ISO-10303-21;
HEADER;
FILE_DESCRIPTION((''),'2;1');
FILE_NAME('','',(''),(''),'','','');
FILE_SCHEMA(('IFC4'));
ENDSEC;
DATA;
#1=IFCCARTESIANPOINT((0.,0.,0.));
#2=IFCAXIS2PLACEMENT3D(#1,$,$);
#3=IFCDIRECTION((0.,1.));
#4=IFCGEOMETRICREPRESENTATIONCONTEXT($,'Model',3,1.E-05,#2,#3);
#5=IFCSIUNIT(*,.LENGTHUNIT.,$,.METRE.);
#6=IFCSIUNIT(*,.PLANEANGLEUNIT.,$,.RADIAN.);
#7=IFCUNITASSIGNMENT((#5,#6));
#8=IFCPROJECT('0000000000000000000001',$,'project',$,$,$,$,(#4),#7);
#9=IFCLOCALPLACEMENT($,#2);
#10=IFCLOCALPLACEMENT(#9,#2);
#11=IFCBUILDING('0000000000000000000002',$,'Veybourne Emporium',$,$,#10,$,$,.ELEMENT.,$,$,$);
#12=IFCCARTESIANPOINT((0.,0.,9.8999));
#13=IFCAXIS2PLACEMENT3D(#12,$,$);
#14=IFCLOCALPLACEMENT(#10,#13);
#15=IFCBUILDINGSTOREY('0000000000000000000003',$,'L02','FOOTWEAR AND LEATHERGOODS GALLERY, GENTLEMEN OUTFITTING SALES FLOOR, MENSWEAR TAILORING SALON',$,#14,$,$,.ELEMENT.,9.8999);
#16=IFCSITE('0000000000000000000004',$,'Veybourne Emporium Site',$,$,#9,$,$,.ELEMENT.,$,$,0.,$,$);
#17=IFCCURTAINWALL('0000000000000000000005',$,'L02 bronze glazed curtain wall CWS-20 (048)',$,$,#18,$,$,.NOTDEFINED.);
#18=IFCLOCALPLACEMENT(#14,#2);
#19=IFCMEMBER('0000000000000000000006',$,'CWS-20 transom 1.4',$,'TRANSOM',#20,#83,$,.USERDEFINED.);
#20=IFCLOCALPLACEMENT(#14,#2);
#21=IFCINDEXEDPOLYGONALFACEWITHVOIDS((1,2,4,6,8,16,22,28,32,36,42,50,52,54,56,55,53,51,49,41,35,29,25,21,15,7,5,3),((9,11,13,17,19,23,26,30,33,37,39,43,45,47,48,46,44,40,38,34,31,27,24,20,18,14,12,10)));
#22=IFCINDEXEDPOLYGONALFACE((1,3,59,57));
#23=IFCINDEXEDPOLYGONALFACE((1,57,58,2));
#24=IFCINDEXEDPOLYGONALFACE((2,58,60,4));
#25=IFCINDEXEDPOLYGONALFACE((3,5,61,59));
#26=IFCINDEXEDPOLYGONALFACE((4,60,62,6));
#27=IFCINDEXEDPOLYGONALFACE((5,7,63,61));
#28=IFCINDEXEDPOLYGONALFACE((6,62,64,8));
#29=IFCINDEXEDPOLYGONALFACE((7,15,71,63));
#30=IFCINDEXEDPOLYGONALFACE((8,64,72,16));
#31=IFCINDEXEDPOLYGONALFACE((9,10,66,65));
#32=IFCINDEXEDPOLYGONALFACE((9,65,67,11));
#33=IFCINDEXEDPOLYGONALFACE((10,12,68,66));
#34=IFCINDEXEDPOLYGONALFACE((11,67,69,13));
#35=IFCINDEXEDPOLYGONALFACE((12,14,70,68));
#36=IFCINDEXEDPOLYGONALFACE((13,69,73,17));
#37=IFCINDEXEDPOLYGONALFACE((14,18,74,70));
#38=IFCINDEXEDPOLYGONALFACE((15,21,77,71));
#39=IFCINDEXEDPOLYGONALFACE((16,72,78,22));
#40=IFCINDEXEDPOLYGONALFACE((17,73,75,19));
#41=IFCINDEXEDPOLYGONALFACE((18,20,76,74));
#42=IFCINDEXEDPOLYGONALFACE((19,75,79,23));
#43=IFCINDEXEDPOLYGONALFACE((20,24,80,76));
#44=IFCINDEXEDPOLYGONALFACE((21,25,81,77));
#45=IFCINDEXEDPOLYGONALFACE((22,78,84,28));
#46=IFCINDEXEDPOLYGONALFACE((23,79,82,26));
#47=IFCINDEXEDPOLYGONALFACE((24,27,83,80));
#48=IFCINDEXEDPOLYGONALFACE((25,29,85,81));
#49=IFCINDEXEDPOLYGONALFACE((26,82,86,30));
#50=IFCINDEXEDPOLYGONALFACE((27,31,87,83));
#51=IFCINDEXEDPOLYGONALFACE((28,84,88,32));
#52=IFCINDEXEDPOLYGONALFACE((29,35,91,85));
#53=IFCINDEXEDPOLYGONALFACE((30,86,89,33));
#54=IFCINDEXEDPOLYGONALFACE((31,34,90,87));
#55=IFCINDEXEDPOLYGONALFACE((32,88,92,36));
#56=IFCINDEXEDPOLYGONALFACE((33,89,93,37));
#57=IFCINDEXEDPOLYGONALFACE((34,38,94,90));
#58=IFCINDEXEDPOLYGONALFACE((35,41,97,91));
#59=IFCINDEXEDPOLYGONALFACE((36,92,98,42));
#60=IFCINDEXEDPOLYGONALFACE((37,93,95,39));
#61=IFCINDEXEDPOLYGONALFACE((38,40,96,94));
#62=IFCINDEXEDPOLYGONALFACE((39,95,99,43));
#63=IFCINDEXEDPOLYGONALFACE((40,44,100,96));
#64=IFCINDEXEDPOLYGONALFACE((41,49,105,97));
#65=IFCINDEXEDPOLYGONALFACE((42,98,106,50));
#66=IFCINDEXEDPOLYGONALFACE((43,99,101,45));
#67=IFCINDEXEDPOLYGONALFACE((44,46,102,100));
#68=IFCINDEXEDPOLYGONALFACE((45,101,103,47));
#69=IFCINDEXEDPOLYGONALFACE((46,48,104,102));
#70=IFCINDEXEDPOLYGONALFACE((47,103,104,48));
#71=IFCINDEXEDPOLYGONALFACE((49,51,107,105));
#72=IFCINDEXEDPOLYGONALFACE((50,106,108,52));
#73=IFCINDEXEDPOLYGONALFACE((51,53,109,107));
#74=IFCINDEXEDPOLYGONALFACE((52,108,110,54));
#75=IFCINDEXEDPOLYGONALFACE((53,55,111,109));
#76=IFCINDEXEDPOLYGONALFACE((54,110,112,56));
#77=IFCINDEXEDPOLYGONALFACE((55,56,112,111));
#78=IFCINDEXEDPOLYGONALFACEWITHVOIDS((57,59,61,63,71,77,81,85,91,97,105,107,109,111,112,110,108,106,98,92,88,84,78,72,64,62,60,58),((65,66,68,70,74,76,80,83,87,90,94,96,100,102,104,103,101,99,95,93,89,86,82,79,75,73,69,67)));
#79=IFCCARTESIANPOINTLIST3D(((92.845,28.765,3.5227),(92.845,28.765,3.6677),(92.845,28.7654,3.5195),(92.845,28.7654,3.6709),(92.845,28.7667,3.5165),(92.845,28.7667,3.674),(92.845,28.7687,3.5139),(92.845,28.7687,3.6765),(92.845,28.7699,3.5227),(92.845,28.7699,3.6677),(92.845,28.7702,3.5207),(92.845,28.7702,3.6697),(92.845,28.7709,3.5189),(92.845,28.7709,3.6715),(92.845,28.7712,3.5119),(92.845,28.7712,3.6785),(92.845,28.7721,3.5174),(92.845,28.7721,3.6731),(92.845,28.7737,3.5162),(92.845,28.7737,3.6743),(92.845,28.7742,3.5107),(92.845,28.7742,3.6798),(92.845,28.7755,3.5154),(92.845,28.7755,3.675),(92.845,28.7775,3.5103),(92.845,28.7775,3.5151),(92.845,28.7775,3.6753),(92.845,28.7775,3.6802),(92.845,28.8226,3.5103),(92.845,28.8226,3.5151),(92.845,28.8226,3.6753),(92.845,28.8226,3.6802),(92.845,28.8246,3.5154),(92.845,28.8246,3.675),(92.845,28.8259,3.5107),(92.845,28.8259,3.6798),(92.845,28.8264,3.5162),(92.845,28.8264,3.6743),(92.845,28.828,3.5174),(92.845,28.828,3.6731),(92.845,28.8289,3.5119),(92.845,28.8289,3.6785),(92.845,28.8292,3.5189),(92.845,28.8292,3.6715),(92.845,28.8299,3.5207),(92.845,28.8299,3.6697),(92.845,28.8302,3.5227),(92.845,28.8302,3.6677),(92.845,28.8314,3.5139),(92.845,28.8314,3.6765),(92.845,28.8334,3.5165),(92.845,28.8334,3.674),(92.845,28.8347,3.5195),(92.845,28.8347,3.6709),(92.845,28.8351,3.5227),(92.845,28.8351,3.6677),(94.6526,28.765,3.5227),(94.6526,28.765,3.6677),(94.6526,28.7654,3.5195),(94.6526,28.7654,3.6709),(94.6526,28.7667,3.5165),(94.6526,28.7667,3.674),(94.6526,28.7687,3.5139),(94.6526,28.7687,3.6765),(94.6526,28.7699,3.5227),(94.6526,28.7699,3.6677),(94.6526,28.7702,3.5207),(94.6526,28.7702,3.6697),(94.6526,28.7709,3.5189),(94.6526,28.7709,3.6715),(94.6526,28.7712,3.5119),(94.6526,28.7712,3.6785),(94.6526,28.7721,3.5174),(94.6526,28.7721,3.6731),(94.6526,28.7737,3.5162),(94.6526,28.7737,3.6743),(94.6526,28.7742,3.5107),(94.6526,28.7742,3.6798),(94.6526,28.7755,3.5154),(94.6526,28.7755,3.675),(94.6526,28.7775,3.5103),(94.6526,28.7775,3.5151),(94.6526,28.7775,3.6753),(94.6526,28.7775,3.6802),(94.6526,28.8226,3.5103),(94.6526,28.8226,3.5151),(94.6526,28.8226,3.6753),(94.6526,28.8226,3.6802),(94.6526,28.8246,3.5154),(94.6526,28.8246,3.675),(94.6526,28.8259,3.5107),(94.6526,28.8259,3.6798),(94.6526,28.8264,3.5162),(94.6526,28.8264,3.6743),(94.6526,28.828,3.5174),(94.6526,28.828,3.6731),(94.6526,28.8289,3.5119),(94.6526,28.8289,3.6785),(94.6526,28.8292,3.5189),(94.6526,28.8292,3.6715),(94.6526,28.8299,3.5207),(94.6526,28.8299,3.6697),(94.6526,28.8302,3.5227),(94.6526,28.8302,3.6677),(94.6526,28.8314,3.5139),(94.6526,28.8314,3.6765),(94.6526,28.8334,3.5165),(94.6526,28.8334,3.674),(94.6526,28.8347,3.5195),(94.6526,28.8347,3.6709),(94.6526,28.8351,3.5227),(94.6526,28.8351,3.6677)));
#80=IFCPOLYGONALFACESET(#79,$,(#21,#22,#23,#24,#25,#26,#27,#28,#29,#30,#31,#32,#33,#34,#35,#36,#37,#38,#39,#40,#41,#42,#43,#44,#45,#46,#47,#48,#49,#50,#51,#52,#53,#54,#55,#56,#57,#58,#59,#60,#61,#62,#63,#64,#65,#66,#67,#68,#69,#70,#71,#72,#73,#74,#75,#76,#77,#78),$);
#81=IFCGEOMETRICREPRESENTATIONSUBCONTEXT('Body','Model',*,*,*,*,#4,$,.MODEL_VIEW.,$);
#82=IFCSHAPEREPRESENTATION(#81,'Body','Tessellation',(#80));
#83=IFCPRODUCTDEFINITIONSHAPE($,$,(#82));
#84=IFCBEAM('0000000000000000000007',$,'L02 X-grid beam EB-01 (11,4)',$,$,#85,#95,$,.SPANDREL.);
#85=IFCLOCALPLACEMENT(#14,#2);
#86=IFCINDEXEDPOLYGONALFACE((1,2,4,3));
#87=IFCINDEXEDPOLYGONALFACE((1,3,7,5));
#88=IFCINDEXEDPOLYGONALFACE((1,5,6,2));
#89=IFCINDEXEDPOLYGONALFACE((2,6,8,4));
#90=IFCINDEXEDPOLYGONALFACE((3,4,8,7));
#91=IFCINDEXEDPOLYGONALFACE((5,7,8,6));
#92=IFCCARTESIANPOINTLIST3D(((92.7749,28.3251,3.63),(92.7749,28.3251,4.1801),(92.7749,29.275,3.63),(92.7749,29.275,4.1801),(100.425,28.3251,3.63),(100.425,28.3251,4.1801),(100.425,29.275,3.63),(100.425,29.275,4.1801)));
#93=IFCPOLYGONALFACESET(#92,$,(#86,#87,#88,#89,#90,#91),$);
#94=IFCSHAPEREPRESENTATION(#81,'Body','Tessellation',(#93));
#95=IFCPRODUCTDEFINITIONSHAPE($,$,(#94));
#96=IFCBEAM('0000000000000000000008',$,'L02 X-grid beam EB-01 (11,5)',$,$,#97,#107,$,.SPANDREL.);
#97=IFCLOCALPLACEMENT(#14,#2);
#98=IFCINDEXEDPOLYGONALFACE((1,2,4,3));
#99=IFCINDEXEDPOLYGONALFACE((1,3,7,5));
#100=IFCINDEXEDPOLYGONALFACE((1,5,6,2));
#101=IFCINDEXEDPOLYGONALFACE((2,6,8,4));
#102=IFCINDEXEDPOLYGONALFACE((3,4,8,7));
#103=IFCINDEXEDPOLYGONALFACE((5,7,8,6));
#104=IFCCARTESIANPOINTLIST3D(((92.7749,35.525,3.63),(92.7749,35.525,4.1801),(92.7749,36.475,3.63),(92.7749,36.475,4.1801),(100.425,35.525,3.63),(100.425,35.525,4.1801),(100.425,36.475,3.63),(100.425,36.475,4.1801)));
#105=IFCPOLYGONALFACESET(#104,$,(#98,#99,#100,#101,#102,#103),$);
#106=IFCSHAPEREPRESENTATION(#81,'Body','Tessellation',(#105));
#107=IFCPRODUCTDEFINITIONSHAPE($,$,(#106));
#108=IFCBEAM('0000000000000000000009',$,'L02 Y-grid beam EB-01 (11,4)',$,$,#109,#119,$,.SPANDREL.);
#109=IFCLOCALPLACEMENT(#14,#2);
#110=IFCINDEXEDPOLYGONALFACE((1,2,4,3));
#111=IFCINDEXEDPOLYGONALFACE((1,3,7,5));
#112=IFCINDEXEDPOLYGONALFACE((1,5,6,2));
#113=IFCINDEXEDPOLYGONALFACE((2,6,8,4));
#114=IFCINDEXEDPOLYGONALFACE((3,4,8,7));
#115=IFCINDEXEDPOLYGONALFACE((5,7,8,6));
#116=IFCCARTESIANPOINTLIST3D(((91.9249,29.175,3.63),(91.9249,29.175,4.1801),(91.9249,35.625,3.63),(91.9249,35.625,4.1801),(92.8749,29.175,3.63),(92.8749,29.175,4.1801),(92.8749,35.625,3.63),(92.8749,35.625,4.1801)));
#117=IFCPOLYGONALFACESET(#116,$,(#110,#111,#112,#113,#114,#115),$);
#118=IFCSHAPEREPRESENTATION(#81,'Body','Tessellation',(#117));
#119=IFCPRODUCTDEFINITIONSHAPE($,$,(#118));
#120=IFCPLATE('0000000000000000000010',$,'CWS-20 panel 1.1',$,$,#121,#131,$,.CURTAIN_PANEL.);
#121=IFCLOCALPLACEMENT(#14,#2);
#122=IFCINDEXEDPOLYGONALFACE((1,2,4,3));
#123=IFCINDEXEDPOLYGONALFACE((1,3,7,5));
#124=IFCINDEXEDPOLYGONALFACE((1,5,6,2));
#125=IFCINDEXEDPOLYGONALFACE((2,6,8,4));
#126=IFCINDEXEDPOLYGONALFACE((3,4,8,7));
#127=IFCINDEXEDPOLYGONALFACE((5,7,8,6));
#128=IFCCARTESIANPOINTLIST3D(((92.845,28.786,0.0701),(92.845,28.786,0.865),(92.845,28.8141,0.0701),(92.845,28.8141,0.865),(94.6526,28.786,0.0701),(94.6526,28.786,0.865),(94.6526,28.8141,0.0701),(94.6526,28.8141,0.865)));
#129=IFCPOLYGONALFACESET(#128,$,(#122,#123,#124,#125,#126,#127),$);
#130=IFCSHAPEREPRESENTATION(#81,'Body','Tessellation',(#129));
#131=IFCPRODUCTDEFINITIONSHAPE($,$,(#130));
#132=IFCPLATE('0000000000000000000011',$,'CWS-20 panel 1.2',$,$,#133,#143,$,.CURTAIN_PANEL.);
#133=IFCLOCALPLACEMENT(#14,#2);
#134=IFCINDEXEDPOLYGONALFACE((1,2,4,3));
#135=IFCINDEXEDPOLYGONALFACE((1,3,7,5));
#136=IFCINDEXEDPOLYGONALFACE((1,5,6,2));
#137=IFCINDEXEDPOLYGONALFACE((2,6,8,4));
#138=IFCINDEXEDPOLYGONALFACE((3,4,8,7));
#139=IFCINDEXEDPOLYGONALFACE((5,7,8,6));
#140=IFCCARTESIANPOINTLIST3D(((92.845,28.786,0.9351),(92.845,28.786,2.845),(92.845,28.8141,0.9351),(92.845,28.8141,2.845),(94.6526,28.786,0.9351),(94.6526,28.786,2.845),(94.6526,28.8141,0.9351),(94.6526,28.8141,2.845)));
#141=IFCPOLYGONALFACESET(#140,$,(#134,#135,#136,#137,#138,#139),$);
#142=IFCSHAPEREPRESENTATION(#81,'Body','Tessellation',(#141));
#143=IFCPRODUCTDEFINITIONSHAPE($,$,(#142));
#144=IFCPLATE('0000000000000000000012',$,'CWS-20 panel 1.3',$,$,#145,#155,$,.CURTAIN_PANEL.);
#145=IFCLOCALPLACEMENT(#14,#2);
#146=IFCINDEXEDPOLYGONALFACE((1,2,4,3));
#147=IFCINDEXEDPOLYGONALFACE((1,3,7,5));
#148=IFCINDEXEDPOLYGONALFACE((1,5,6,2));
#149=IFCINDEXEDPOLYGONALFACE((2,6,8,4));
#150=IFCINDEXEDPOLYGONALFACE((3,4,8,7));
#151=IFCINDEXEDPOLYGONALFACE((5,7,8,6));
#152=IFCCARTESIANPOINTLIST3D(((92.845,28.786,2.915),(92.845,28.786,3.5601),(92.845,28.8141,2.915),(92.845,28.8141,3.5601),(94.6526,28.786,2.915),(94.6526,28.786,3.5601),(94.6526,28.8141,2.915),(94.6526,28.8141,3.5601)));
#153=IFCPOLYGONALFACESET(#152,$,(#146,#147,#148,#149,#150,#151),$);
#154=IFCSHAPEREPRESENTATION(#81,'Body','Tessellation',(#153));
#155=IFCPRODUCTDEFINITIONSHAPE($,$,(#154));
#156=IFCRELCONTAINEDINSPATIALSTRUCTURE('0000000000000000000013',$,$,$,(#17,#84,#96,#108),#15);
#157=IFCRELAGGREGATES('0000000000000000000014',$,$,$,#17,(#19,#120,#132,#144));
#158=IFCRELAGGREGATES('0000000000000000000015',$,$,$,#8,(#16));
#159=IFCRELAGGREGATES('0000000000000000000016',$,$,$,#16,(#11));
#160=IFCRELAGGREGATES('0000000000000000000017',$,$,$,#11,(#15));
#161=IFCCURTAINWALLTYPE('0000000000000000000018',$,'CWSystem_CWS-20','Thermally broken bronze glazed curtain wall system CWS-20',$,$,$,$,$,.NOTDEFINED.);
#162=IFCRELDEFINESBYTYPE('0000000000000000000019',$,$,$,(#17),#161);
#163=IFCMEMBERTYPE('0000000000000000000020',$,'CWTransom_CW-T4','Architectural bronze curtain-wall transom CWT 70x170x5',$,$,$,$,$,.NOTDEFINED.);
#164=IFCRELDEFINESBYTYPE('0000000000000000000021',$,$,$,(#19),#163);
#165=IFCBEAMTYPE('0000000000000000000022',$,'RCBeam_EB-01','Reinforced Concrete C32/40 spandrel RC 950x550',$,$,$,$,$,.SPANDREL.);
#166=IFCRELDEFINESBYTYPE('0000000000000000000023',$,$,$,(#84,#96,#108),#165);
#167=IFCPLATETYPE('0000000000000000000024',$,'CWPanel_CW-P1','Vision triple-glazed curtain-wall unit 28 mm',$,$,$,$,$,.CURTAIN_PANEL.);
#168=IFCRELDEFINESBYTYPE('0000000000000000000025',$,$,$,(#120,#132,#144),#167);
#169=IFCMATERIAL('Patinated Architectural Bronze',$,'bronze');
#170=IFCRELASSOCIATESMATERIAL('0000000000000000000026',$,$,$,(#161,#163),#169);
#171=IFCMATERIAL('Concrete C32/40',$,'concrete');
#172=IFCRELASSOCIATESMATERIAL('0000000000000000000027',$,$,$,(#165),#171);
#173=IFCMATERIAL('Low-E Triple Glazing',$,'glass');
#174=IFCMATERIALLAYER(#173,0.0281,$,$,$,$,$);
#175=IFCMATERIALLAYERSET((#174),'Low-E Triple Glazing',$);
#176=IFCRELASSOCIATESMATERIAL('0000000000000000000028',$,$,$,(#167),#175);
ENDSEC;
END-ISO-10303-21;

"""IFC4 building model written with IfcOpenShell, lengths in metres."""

from ifc_helpers import new_model, si_unit, direction, frame, origin, origin_2d, place, context, subcontext, project, spatial, rectangle, hollow_rectangle, extrude, material, layer, layer_set, material_profile, profile_set, type_object, element, aggregate, save


model = new_model("IFC4")

# Units and contexts
model_context = context("Model", 3, precision=1e-05, world=origin(), true_north=direction((0.0, 1.0)))
body_context = subcontext(model_context, "Body", "Model", "MODEL_VIEW")
ifc_project = project(units=[si_unit("LENGTHUNIT", "METRE"), si_unit("PLANEANGLEUNIT", "RADIAN")], contexts=[model_context])

# Site, building, storey
site_placement = place(None, origin())
site = spatial("IfcSite", under=ifc_project, at=site_placement, Name="Veybourne Emporium Site", CompositionType="ELEMENT", RefElevation=0.0)
building_placement = place(site_placement, origin())
building = spatial("IfcBuilding", under=site, at=building_placement, Name="Veybourne Emporium", CompositionType="ELEMENT")
storey_placement = place(building_placement, frame((0.0, 0.0, 9.8999)))
storey = spatial("IfcBuildingStorey", under=building, at=storey_placement, Name="L02", Description="FOOTWEAR AND LEATHERGOODS GALLERY, GENTLEMEN OUTFITTING SALES FLOOR, MENSWEAR TAILORING SALON", CompositionType="ELEMENT", Elevation=9.8999)

# Curtain wall, member
ifc_material_1 = material(Name="Patinated Architectural Bronze", Category="bronze")
curtain_wall_type = type_object("IfcCurtainWallType", Name="CWSystem_CWS-20", Description="Thermally broken bronze glazed curtain wall system CWS-20", PredefinedType="NOTDEFINED", material=ifc_material_1)
curtain_wall_placement = place(storey_placement, origin())
curtain_wall = element("IfcCurtainWall", 1, at=curtain_wall_placement, inside=storey, type_object=curtain_wall_type, Name="L02 bronze glazed curtain wall CWS-20 (048)", PredefinedType="NOTDEFINED")
ifc_material_profile_1 = material_profile(ifc_material_1, hollow_rectangle(XDim=0.0701, YDim=0.1699, WallThickness=0.0049, InnerFilletRadius=0.0076, OuterFilletRadius=0.0125, at=origin_2d()), Name="CWT 70x170x5")
ifc_profile_set_1 = profile_set([ifc_material_profile_1], Name="Patinated Architectural Bronze")
member_type_1 = type_object("IfcMemberType", Name="CWTransom_CW-T4", Description="Architectural bronze curtain-wall transom CWT 70x170x5", PredefinedType="NOTDEFINED", material=ifc_profile_set_1)
member_1_placement = place(storey_placement, frame((92.845, 28.8, 3.5952), z_axis=(1.0, 0.0, 0.0), x_axis=(0.0, 1.0, 0.0)))
member_1 = element("IfcMember", 2, at=member_1_placement, type_object=member_type_1, Name="CWS-20 transom 1.4", ObjectType="TRANSOM", PredefinedType="USERDEFINED", context=body_context, shape_type="SweptSolid", body=[
    extrude(hollow_rectangle(XDim=0.0701, YDim=0.1699, WallThickness=0.0049, InnerFilletRadius=0.0076, OuterFilletRadius=0.0125, at=origin_2d()), origin(), (0.0, 0.0, 1.0), 1.8076),
])

# Beams
ifc_material_2 = material(Name="Concrete C32/40", Category="concrete")
ifc_material_profile_2 = material_profile(ifc_material_2, rectangle(XDim=0.95, YDim=0.55, at=origin_2d()), Name="RC 950x550")
ifc_profile_set_2 = profile_set([ifc_material_profile_2], Name="Concrete C32/40")
beam_type = type_object("IfcBeamType", Name="RCBeam_EB-01", Description="Reinforced Concrete C32/40 spandrel RC 950x550", PredefinedType="SPANDREL", material=ifc_profile_set_2)
for number, where, z_axis, x_axis, name in (
    (3, (92.7749, 28.8, 3.905), (1.0, 0.0, 0.0), (0.0, 1.0, 0.0), "L02 X-grid beam EB-01 (11,4)"),
    (4, (92.7749, 36.0, 3.905), (1.0, 0.0, 0.0), (0.0, 1.0, 0.0), "L02 X-grid beam EB-01 (11,5)"),
):
    element("IfcBeam", number, at=place(storey_placement, frame(where, z_axis=z_axis, x_axis=x_axis)), inside=storey, type_object=beam_type, Name=name, PredefinedType="SPANDREL", context=body_context, shape_type="SweptSolid", body=[
        extrude(rectangle(XDim=0.95, YDim=0.55, at=origin_2d()), origin(), (0.0, 0.0, 1.0), 7.6501),
    ])
beam_placement = place(storey_placement, frame((92.3999, 29.175, 3.905), z_axis=(0.0, 1.0, 0.0), x_axis=(-1.0, 0.0, 0.0)))
element("IfcBeam", 5, at=beam_placement, inside=storey, type_object=beam_type, Name="L02 Y-grid beam EB-01 (11,4)", PredefinedType="SPANDREL", context=body_context, shape_type="SweptSolid", body=[
    extrude(rectangle(XDim=0.95, YDim=0.55, at=origin_2d()), origin(), (0.0, 0.0, 1.0), 6.45),
])

# Plates
ifc_material_3 = material(Name="Low-E Triple Glazing", Category="glass")
ifc_layer_1 = layer(ifc_material_3, 0.0281)
ifc_layer_set_1 = layer_set([ifc_layer_1], Name="Low-E Triple Glazing")
plate_type = type_object("IfcPlateType", Name="CWPanel_CW-P1", Description="Vision triple-glazed curtain-wall unit 28 mm", PredefinedType="CURTAIN_PANEL", material=ifc_layer_set_1)
plate_1_placement = place(storey_placement, frame((93.7488, 28.8, 0.0701), z_axis=(0.0, 0.0, 1.0), x_axis=(1.0, 0.0, 0.0)))
plate_1 = element("IfcPlate", 6, at=plate_1_placement, type_object=plate_type, Name="CWS-20 panel 1.1", PredefinedType="CURTAIN_PANEL", context=body_context, shape_type="SweptSolid", body=[
    extrude(rectangle(XDim=1.8076, YDim=0.0281, at=origin_2d()), origin(), (0.0, 0.0, 1.0), 0.7949),
])
plate_2_placement = place(storey_placement, frame((93.7488, 28.8, 0.9351), z_axis=(0.0, 0.0, 1.0), x_axis=(1.0, 0.0, 0.0)))
plate_2 = element("IfcPlate", 7, at=plate_2_placement, type_object=plate_type, Name="CWS-20 panel 1.2", PredefinedType="CURTAIN_PANEL", context=body_context, shape_type="SweptSolid", body=[
    extrude(rectangle(XDim=1.8076, YDim=0.0281, at=origin_2d()), origin(), (0.0, 0.0, 1.0), 1.9099),
])
plate_3_placement = place(storey_placement, frame((93.7488, 28.8, 2.915), z_axis=(0.0, 0.0, 1.0), x_axis=(1.0, 0.0, 0.0)))
plate_3 = element("IfcPlate", 8, at=plate_3_placement, type_object=plate_type, Name="CWS-20 panel 1.3", PredefinedType="CURTAIN_PANEL", context=body_context, shape_type="SweptSolid", body=[
    extrude(rectangle(XDim=1.8076, YDim=0.0281, at=origin_2d()), origin(), (0.0, 0.0, 1.0), 0.645),
])
aggregate(curtain_wall, [member_1, plate_1, plate_2, plate_3])

save(model, "model.ifc")
